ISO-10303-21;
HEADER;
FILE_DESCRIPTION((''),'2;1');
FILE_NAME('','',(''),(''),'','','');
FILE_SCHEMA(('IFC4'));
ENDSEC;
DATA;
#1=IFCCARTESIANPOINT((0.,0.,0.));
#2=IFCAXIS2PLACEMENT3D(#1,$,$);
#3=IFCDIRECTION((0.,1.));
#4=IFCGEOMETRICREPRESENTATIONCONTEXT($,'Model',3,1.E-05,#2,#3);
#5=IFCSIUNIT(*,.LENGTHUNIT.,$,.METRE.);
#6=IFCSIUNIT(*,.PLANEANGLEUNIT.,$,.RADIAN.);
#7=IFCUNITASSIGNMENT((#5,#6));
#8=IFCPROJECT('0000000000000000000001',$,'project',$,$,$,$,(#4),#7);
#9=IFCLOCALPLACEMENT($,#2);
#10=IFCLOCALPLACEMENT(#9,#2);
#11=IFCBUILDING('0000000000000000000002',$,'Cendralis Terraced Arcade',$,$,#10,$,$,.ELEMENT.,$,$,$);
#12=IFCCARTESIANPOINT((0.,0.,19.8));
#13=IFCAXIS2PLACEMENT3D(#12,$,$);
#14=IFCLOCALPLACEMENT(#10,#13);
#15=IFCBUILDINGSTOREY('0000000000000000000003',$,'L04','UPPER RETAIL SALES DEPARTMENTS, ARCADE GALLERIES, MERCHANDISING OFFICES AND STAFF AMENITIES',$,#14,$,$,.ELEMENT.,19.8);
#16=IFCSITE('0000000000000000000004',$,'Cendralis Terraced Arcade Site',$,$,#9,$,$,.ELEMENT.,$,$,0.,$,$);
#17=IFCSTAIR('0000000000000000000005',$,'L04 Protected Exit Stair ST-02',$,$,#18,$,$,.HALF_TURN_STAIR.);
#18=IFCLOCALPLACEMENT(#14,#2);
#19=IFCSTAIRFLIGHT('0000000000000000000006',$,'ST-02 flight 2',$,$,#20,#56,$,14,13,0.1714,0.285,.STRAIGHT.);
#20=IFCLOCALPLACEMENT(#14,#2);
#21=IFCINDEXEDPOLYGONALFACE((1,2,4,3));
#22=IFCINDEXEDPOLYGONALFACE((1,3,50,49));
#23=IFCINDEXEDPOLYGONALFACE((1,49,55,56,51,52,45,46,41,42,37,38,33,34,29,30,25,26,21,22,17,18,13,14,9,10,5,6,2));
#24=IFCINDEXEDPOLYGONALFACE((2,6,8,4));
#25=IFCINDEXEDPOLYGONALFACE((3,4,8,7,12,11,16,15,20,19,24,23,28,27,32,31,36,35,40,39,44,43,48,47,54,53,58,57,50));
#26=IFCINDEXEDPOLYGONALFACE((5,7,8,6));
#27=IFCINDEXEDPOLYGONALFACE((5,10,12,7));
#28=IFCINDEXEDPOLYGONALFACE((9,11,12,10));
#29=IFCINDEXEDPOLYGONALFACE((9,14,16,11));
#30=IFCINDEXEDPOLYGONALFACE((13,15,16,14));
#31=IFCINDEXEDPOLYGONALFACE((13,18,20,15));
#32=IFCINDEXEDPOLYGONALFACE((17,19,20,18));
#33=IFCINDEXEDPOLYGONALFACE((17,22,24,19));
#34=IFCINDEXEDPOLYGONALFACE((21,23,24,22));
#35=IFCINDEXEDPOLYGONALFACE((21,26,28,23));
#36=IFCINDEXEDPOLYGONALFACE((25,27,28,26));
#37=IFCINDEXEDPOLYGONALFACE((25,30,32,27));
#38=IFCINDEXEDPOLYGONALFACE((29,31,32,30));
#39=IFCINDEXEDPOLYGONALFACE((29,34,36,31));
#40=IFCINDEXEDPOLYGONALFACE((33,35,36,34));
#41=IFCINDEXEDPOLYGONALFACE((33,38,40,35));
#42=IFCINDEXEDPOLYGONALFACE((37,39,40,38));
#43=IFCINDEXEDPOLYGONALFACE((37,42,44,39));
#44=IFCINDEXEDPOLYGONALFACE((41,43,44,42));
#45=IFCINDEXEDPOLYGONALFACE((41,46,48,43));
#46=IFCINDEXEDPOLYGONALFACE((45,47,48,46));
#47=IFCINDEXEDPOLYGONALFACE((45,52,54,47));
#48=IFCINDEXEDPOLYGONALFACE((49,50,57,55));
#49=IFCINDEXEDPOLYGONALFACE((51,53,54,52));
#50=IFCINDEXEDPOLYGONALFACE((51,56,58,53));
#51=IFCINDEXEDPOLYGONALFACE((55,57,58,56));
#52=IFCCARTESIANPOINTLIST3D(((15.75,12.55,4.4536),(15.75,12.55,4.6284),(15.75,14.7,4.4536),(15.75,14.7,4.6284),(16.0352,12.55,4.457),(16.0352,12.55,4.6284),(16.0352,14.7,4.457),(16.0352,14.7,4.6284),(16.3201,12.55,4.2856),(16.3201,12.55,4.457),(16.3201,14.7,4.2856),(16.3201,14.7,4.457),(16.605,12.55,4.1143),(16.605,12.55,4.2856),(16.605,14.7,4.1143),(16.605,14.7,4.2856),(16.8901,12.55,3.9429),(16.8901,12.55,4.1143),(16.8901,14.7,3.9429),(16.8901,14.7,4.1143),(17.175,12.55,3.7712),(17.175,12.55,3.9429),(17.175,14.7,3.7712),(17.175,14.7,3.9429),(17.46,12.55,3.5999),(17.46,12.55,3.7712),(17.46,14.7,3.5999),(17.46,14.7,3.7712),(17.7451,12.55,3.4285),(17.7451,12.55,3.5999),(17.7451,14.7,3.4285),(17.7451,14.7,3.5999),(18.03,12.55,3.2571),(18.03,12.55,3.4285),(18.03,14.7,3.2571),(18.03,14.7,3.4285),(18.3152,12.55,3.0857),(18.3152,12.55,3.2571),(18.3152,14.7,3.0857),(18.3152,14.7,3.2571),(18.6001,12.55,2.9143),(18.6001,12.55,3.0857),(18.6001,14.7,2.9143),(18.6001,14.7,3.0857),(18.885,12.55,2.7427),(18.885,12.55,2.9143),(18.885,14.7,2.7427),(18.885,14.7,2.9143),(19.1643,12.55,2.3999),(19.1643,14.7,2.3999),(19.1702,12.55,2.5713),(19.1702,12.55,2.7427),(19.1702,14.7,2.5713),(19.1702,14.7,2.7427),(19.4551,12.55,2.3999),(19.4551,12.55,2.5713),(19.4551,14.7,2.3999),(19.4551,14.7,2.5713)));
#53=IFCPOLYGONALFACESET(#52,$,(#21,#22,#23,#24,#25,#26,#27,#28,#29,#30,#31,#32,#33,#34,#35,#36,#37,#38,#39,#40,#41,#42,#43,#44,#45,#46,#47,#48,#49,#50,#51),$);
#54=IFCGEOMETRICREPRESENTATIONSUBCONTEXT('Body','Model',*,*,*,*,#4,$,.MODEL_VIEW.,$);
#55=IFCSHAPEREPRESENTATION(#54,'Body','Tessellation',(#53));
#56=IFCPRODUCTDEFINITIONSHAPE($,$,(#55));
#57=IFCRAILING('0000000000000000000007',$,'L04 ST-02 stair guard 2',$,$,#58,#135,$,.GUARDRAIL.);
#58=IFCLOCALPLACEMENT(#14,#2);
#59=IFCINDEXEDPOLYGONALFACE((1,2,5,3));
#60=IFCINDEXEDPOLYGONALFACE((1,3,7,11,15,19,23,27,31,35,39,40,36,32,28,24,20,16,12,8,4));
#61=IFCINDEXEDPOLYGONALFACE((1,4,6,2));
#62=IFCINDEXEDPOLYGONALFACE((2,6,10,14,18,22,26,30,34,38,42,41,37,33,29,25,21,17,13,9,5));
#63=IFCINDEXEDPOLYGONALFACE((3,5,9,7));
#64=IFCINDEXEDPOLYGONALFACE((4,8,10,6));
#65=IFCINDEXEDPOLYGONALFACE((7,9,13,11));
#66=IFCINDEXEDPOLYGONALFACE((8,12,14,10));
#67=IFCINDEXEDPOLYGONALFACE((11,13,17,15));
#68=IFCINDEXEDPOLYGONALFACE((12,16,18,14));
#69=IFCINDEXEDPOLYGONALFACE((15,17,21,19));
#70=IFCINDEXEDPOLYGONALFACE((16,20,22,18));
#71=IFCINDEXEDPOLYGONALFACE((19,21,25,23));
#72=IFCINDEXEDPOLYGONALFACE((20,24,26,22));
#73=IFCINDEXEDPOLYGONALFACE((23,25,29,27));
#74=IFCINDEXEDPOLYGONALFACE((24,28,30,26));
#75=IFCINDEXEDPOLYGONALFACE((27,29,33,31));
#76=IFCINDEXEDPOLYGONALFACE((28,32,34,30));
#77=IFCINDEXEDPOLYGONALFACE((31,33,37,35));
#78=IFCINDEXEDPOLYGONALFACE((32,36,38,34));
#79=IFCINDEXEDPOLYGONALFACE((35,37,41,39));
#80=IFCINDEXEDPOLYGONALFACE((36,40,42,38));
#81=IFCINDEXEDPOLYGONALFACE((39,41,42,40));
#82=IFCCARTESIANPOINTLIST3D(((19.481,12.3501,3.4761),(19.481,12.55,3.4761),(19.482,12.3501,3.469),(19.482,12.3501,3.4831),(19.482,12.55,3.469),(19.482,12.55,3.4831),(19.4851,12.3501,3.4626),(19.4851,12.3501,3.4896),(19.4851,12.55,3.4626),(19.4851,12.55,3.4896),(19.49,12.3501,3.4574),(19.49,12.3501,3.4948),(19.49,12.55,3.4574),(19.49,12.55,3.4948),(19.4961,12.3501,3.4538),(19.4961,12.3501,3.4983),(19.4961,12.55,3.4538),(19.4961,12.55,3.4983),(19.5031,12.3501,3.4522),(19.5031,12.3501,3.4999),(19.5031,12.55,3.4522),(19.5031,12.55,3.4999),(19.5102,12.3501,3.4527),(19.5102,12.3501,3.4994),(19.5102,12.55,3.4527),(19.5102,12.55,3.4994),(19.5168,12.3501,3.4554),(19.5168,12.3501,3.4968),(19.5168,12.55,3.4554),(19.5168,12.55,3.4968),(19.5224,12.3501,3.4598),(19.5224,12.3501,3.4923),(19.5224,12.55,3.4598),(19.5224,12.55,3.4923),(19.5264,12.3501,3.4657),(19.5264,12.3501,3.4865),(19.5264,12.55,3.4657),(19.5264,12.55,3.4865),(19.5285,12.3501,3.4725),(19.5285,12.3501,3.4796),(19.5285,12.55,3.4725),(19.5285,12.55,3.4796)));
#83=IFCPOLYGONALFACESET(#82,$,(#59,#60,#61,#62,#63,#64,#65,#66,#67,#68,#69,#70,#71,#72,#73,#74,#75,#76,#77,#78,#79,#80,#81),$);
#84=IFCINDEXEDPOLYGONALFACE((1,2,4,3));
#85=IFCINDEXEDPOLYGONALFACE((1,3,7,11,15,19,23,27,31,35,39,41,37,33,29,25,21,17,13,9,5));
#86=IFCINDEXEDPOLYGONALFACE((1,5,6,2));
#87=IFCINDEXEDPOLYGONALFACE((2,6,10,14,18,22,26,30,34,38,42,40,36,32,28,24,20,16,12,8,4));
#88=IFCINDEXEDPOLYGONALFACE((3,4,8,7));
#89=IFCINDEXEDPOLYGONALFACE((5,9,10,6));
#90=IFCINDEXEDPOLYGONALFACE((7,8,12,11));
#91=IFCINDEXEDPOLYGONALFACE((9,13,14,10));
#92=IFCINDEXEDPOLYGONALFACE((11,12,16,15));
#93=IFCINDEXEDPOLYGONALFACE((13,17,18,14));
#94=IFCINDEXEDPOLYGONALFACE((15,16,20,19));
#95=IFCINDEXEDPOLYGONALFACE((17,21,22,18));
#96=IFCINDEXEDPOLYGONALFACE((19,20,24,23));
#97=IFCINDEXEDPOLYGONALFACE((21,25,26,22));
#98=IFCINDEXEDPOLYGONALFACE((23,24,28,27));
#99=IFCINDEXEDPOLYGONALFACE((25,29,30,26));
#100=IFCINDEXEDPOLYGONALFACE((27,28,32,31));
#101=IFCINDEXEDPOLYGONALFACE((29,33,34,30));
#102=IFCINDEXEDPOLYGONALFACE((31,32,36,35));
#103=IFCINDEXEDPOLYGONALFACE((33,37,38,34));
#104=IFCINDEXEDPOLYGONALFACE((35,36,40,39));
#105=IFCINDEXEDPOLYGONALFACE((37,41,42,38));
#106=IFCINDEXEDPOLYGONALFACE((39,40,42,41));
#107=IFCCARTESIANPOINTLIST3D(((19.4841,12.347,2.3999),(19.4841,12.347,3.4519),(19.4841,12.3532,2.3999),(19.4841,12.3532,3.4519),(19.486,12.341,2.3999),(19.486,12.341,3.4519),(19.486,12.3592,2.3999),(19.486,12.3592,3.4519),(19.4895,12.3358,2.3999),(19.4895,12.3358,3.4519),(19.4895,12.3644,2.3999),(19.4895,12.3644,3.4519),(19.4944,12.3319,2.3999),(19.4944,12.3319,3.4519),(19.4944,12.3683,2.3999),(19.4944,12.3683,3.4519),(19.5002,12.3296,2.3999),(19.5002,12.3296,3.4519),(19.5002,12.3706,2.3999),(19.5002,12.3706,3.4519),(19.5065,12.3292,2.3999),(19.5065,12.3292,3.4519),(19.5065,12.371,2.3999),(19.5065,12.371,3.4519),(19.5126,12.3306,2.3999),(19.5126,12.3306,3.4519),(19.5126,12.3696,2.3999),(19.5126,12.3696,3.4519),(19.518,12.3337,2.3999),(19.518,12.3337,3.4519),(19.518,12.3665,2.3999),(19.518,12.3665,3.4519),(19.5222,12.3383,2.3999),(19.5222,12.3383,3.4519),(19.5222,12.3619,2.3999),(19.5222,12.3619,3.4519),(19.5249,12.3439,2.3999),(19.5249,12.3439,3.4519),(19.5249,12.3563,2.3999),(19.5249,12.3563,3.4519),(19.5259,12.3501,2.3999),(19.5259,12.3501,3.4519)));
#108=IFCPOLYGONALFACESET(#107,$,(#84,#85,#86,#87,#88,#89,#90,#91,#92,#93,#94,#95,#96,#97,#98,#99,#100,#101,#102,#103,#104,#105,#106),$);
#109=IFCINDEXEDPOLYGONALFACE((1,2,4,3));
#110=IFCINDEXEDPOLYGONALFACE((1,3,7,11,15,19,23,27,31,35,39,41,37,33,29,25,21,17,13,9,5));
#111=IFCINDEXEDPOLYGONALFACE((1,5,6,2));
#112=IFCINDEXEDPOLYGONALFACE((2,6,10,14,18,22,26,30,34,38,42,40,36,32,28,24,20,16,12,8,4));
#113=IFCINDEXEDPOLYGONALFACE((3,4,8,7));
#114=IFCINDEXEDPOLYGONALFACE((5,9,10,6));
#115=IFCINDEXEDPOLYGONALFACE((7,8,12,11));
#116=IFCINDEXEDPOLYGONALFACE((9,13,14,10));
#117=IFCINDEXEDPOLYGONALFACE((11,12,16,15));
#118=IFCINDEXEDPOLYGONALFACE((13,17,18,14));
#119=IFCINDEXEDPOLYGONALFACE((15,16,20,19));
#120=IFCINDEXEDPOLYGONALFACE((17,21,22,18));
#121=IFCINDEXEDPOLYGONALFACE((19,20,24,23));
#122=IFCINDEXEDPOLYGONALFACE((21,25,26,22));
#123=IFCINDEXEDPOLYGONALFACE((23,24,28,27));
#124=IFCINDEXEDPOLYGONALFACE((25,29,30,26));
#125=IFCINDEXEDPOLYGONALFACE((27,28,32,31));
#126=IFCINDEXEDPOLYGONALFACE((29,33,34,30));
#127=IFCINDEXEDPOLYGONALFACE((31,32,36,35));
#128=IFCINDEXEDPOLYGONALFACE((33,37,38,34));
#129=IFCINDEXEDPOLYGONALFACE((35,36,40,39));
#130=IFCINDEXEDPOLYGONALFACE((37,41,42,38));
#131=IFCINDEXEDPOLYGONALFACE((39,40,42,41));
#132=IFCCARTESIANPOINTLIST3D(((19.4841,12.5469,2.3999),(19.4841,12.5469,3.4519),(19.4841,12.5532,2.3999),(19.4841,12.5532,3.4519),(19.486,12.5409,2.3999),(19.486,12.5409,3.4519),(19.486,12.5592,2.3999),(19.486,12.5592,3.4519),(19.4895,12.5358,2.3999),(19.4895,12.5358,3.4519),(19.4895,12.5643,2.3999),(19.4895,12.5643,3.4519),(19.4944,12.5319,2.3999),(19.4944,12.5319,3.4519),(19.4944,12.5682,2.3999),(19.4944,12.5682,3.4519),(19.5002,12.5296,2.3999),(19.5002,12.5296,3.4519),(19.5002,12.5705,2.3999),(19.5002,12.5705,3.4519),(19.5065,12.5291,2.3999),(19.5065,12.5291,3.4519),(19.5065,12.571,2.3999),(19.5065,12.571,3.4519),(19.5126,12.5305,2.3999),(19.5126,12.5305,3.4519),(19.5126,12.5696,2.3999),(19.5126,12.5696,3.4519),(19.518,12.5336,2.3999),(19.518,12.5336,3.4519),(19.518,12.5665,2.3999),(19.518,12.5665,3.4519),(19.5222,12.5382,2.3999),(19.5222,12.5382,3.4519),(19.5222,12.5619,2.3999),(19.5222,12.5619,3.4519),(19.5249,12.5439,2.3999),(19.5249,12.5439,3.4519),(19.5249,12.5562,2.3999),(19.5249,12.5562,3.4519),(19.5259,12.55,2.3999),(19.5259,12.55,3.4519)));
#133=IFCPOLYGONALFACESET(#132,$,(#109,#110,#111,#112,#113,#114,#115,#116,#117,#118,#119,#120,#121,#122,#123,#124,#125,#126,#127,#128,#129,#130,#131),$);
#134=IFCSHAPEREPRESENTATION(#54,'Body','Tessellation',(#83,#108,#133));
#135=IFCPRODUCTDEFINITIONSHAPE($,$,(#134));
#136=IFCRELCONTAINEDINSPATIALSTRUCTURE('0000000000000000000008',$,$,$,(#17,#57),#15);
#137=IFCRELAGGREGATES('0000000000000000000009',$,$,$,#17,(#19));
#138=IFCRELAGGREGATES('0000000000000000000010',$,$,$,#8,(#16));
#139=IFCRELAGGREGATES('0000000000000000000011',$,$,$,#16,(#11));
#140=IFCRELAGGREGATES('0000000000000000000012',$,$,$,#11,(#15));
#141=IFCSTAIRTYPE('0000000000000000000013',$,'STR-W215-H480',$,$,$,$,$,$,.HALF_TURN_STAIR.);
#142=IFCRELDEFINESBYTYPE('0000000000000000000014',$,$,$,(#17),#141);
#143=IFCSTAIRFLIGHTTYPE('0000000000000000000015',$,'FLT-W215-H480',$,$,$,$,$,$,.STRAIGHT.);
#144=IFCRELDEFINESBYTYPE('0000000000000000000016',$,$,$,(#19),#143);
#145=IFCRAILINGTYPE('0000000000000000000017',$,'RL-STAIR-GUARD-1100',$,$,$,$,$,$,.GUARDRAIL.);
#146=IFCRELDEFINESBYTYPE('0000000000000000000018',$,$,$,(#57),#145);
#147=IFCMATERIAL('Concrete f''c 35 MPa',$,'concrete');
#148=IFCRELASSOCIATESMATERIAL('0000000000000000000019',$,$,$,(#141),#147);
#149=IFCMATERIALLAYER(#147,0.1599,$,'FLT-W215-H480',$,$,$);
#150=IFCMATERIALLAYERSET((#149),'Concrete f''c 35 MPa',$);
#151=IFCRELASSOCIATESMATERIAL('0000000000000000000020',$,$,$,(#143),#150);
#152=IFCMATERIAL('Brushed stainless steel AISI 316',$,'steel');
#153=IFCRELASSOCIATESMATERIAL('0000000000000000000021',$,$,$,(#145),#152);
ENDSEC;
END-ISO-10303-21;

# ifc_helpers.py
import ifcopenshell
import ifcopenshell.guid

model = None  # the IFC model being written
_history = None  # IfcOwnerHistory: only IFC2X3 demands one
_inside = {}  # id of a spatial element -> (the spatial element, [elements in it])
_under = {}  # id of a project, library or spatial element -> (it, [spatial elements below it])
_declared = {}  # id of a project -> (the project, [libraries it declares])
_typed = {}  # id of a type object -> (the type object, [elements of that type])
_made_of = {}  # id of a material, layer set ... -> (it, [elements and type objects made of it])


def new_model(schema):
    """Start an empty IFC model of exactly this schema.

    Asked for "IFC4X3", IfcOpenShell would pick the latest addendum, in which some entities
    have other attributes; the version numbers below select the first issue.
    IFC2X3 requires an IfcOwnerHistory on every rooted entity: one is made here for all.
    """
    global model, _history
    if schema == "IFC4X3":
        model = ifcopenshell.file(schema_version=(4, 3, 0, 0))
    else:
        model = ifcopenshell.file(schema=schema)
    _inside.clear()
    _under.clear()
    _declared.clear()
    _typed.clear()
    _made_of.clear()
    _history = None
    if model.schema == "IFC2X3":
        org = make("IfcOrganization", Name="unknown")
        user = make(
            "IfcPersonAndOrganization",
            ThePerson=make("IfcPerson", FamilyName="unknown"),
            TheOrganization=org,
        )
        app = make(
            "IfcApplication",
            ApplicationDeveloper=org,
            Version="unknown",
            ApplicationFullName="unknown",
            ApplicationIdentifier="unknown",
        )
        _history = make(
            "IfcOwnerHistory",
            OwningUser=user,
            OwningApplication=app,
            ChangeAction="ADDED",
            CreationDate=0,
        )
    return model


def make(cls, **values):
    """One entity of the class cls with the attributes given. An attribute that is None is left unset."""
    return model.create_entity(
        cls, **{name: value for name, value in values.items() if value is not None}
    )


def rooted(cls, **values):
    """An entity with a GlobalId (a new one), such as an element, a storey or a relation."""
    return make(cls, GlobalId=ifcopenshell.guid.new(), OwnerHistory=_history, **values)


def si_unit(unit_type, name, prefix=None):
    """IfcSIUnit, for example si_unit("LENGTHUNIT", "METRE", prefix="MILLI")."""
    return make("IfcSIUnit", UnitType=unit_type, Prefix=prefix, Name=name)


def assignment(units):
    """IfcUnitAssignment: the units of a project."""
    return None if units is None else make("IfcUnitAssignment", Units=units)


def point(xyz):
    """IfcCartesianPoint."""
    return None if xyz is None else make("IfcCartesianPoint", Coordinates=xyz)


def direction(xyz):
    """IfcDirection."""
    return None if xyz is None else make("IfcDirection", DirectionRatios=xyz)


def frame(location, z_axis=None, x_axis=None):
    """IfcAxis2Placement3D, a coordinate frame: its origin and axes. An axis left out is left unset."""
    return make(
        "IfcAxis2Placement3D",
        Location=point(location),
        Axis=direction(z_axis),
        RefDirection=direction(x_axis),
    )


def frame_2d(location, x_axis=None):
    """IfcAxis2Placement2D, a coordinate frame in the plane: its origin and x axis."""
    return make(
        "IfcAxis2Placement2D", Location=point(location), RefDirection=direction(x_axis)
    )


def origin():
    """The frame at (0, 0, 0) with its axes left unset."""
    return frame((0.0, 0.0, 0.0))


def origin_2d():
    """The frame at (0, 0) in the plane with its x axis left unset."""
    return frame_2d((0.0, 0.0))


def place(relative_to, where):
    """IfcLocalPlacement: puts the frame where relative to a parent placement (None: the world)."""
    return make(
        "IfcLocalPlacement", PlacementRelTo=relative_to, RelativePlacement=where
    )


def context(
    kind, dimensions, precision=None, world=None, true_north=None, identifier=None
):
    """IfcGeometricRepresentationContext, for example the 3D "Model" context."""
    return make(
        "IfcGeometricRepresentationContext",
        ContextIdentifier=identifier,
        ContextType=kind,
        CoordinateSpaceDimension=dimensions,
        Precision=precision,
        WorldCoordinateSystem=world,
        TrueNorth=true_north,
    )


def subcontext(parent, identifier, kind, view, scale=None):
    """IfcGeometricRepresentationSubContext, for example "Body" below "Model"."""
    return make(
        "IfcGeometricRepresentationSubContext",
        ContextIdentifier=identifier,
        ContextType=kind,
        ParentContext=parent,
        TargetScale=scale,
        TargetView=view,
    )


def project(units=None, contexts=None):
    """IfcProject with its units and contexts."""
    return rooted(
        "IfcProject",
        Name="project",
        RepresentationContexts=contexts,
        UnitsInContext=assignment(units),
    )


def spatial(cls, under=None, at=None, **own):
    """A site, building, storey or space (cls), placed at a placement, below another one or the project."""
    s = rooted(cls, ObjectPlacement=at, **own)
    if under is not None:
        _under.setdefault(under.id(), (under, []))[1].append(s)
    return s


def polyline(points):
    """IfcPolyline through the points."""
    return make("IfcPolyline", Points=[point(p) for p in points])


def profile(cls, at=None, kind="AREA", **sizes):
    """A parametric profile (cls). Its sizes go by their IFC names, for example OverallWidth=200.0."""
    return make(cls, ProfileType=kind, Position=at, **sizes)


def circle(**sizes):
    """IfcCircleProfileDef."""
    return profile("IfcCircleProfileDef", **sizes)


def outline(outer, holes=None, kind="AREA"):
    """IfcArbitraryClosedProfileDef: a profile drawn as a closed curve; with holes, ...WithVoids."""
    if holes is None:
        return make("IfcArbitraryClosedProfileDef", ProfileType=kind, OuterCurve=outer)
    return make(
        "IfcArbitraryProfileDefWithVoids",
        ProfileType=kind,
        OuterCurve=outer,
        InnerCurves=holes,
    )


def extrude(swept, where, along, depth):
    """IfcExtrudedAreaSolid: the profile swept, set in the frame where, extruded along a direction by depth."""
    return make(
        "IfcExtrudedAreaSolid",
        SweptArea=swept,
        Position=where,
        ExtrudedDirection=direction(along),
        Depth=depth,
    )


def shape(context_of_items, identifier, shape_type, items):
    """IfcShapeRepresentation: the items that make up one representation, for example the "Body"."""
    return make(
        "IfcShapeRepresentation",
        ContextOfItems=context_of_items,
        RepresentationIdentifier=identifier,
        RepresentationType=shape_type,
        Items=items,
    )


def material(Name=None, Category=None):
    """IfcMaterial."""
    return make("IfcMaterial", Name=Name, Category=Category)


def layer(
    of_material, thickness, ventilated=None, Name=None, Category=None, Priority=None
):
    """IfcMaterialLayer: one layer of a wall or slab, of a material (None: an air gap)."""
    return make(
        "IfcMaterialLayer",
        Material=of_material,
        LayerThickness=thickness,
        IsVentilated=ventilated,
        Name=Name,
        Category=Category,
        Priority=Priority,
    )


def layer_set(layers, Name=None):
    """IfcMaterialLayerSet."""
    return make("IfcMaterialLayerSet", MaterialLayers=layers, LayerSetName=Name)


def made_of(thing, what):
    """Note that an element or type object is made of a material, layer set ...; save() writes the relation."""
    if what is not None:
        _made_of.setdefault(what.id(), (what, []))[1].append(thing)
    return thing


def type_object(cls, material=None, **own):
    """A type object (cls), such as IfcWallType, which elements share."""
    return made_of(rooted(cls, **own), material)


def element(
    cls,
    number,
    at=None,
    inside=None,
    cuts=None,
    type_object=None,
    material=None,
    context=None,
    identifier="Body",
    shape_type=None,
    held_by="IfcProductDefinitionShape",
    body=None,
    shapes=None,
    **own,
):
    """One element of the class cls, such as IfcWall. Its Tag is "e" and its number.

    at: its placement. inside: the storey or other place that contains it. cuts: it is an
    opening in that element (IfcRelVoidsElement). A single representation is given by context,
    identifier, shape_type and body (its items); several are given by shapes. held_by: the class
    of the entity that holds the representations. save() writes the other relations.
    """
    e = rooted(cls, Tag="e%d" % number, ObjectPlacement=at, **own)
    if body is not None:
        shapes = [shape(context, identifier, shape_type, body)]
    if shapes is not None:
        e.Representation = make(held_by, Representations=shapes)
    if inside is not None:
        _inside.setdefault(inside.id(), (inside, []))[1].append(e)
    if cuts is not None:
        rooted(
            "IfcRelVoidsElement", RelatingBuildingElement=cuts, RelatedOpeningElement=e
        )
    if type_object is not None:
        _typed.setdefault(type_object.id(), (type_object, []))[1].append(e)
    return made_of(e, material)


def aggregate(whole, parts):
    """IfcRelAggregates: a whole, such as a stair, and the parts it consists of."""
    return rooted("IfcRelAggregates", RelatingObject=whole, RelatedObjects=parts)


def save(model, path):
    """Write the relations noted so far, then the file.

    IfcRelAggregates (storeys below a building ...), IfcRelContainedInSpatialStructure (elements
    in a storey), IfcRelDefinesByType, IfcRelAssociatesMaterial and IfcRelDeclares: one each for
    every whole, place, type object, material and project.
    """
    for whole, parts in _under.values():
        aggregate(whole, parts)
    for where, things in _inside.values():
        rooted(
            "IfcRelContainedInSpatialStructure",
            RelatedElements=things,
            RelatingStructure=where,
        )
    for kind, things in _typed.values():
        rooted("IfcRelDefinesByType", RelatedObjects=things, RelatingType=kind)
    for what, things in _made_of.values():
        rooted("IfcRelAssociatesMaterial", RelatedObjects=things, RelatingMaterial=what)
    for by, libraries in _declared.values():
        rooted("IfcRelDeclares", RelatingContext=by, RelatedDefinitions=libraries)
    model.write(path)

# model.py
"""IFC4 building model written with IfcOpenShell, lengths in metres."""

from ifc_helpers import new_model, si_unit, direction, frame, origin, origin_2d, place, context, subcontext, project, spatial, polyline, circle, outline, extrude, material, layer, layer_set, type_object, element, aggregate, save


model = new_model("IFC4")

# Units and contexts
model_context = context("Model", 3, precision=1e-05, world=origin(), true_north=direction((0.0, 1.0)))
body_context = subcontext(model_context, "Body", "Model", "MODEL_VIEW")
ifc_project = project(units=[si_unit("LENGTHUNIT", "METRE"), si_unit("PLANEANGLEUNIT", "RADIAN")], contexts=[model_context])

# Site, building, storey
site_placement = place(None, origin())
site = spatial("IfcSite", under=ifc_project, at=site_placement, Name="Cendralis Terraced Arcade Site", CompositionType="ELEMENT", RefElevation=0.0)
building_placement = place(site_placement, origin())
building = spatial("IfcBuilding", under=site, at=building_placement, Name="Cendralis Terraced Arcade", CompositionType="ELEMENT")
storey_placement = place(building_placement, frame((0.0, 0.0, 19.8)))
storey = spatial("IfcBuildingStorey", under=building, at=storey_placement, Name="L04", Description="UPPER RETAIL SALES DEPARTMENTS, ARCADE GALLERIES, MERCHANDISING OFFICES AND STAFF AMENITIES", CompositionType="ELEMENT", Elevation=19.8)

# Stair, stair flight
ifc_material_1 = material(Name="Concrete f'c 35 MPa", Category="concrete")
stair_type = type_object("IfcStairType", Name="STR-W215-H480", PredefinedType="HALF_TURN_STAIR", material=ifc_material_1)
stair_placement = place(storey_placement, origin())
stair = element("IfcStair", 1, at=stair_placement, inside=storey, type_object=stair_type, Name="L04 Protected Exit Stair ST-02", PredefinedType="HALF_TURN_STAIR")
ifc_layer_1 = layer(ifc_material_1, 0.1599, Name="FLT-W215-H480")
ifc_layer_set_1 = layer_set([ifc_layer_1], Name="Concrete f'c 35 MPa")
stair_flight_type = type_object("IfcStairFlightType", Name="FLT-W215-H480", PredefinedType="STRAIGHT", material=ifc_layer_set_1)
stair_flight_placement = place(storey_placement, frame((19.4551, 13.625, 2.3999), z_axis=(0.0, 0.0, 1.0), x_axis=(-1.0, 0.0, 0.0)))
stair_flight = element("IfcStairFlight", 2, at=stair_flight_placement, type_object=stair_flight_type, Name="ST-02 flight 2", NumberOfRisers=14, NumberOfTreads=13, PredefinedType="STRAIGHT", RiserHeight=0.1714, TreadLength=0.285, context=body_context, shape_type="SweptSolid", body=[
    extrude(outline(polyline([(0.0, 0.0), (0.0, 0.1714), (0.2849, 0.1714), (0.2849, 0.3428), (0.5701, 0.3428), (0.5701, 0.5144), (0.855, 0.5144), (0.855, 0.6858), (1.1399, 0.6858), (1.1399, 0.8572), (1.425, 0.8572), (1.425, 1.0286), (1.71, 1.0286), (1.71, 1.2), (1.9951, 1.2), (1.9951, 1.3713), (2.28, 1.3713), (2.28, 1.543), (2.5649, 1.543), (2.5649, 1.7144), (2.8501, 1.7144), (2.8501, 1.8857), (3.135, 1.8857), (3.135, 2.0571), (3.4199, 2.0571), (3.4199, 2.2285), (3.7051, 2.2285), (3.7051, 2.3999), (3.7051, 2.0537), (0.2908, 0.0), (0.0, 0.0)])), frame((0.0, 1.075, 0.0), z_axis=(0.0, -1.0, 0.0), x_axis=(1.0, 0.0, 0.0)), (0.0, 0.0, 1.0), 2.1499),
])
aggregate(stair, [stair_flight])

# Railing
ifc_material_2 = material(Name="Brushed stainless steel AISI 316", Category="steel")
railing_type = type_object("IfcRailingType", Name="RL-STAIR-GUARD-1100", PredefinedType="GUARDRAIL", material=ifc_material_2)
railing_1_placement = place(storey_placement, frame((19.5049, 12.3501, 2.3999)))
element("IfcRailing", 3, at=railing_1_placement, inside=storey, type_object=railing_type, Name="L04 ST-02 stair guard 2", PredefinedType="GUARDRAIL", context=body_context, shape_type="SweptSolid", body=[
    extrude(circle(Radius=0.0239, at=origin_2d()), frame((0.0, 0.0, 1.0762), z_axis=(0.0, 1.0, 0.0), x_axis=(-1.0, 0.0, 0.0)), (0.0, 0.0, 1.0), 0.2),
    extrude(circle(Radius=0.021, at=origin_2d()), origin(), (0.0, 0.0, 1.0), 1.052),
    extrude(circle(Radius=0.021, at=origin_2d()), frame((0.0, 0.2, 0.0)), (0.0, 0.0, 1.0), 1.052),
])

save(model, "model.ifc")
